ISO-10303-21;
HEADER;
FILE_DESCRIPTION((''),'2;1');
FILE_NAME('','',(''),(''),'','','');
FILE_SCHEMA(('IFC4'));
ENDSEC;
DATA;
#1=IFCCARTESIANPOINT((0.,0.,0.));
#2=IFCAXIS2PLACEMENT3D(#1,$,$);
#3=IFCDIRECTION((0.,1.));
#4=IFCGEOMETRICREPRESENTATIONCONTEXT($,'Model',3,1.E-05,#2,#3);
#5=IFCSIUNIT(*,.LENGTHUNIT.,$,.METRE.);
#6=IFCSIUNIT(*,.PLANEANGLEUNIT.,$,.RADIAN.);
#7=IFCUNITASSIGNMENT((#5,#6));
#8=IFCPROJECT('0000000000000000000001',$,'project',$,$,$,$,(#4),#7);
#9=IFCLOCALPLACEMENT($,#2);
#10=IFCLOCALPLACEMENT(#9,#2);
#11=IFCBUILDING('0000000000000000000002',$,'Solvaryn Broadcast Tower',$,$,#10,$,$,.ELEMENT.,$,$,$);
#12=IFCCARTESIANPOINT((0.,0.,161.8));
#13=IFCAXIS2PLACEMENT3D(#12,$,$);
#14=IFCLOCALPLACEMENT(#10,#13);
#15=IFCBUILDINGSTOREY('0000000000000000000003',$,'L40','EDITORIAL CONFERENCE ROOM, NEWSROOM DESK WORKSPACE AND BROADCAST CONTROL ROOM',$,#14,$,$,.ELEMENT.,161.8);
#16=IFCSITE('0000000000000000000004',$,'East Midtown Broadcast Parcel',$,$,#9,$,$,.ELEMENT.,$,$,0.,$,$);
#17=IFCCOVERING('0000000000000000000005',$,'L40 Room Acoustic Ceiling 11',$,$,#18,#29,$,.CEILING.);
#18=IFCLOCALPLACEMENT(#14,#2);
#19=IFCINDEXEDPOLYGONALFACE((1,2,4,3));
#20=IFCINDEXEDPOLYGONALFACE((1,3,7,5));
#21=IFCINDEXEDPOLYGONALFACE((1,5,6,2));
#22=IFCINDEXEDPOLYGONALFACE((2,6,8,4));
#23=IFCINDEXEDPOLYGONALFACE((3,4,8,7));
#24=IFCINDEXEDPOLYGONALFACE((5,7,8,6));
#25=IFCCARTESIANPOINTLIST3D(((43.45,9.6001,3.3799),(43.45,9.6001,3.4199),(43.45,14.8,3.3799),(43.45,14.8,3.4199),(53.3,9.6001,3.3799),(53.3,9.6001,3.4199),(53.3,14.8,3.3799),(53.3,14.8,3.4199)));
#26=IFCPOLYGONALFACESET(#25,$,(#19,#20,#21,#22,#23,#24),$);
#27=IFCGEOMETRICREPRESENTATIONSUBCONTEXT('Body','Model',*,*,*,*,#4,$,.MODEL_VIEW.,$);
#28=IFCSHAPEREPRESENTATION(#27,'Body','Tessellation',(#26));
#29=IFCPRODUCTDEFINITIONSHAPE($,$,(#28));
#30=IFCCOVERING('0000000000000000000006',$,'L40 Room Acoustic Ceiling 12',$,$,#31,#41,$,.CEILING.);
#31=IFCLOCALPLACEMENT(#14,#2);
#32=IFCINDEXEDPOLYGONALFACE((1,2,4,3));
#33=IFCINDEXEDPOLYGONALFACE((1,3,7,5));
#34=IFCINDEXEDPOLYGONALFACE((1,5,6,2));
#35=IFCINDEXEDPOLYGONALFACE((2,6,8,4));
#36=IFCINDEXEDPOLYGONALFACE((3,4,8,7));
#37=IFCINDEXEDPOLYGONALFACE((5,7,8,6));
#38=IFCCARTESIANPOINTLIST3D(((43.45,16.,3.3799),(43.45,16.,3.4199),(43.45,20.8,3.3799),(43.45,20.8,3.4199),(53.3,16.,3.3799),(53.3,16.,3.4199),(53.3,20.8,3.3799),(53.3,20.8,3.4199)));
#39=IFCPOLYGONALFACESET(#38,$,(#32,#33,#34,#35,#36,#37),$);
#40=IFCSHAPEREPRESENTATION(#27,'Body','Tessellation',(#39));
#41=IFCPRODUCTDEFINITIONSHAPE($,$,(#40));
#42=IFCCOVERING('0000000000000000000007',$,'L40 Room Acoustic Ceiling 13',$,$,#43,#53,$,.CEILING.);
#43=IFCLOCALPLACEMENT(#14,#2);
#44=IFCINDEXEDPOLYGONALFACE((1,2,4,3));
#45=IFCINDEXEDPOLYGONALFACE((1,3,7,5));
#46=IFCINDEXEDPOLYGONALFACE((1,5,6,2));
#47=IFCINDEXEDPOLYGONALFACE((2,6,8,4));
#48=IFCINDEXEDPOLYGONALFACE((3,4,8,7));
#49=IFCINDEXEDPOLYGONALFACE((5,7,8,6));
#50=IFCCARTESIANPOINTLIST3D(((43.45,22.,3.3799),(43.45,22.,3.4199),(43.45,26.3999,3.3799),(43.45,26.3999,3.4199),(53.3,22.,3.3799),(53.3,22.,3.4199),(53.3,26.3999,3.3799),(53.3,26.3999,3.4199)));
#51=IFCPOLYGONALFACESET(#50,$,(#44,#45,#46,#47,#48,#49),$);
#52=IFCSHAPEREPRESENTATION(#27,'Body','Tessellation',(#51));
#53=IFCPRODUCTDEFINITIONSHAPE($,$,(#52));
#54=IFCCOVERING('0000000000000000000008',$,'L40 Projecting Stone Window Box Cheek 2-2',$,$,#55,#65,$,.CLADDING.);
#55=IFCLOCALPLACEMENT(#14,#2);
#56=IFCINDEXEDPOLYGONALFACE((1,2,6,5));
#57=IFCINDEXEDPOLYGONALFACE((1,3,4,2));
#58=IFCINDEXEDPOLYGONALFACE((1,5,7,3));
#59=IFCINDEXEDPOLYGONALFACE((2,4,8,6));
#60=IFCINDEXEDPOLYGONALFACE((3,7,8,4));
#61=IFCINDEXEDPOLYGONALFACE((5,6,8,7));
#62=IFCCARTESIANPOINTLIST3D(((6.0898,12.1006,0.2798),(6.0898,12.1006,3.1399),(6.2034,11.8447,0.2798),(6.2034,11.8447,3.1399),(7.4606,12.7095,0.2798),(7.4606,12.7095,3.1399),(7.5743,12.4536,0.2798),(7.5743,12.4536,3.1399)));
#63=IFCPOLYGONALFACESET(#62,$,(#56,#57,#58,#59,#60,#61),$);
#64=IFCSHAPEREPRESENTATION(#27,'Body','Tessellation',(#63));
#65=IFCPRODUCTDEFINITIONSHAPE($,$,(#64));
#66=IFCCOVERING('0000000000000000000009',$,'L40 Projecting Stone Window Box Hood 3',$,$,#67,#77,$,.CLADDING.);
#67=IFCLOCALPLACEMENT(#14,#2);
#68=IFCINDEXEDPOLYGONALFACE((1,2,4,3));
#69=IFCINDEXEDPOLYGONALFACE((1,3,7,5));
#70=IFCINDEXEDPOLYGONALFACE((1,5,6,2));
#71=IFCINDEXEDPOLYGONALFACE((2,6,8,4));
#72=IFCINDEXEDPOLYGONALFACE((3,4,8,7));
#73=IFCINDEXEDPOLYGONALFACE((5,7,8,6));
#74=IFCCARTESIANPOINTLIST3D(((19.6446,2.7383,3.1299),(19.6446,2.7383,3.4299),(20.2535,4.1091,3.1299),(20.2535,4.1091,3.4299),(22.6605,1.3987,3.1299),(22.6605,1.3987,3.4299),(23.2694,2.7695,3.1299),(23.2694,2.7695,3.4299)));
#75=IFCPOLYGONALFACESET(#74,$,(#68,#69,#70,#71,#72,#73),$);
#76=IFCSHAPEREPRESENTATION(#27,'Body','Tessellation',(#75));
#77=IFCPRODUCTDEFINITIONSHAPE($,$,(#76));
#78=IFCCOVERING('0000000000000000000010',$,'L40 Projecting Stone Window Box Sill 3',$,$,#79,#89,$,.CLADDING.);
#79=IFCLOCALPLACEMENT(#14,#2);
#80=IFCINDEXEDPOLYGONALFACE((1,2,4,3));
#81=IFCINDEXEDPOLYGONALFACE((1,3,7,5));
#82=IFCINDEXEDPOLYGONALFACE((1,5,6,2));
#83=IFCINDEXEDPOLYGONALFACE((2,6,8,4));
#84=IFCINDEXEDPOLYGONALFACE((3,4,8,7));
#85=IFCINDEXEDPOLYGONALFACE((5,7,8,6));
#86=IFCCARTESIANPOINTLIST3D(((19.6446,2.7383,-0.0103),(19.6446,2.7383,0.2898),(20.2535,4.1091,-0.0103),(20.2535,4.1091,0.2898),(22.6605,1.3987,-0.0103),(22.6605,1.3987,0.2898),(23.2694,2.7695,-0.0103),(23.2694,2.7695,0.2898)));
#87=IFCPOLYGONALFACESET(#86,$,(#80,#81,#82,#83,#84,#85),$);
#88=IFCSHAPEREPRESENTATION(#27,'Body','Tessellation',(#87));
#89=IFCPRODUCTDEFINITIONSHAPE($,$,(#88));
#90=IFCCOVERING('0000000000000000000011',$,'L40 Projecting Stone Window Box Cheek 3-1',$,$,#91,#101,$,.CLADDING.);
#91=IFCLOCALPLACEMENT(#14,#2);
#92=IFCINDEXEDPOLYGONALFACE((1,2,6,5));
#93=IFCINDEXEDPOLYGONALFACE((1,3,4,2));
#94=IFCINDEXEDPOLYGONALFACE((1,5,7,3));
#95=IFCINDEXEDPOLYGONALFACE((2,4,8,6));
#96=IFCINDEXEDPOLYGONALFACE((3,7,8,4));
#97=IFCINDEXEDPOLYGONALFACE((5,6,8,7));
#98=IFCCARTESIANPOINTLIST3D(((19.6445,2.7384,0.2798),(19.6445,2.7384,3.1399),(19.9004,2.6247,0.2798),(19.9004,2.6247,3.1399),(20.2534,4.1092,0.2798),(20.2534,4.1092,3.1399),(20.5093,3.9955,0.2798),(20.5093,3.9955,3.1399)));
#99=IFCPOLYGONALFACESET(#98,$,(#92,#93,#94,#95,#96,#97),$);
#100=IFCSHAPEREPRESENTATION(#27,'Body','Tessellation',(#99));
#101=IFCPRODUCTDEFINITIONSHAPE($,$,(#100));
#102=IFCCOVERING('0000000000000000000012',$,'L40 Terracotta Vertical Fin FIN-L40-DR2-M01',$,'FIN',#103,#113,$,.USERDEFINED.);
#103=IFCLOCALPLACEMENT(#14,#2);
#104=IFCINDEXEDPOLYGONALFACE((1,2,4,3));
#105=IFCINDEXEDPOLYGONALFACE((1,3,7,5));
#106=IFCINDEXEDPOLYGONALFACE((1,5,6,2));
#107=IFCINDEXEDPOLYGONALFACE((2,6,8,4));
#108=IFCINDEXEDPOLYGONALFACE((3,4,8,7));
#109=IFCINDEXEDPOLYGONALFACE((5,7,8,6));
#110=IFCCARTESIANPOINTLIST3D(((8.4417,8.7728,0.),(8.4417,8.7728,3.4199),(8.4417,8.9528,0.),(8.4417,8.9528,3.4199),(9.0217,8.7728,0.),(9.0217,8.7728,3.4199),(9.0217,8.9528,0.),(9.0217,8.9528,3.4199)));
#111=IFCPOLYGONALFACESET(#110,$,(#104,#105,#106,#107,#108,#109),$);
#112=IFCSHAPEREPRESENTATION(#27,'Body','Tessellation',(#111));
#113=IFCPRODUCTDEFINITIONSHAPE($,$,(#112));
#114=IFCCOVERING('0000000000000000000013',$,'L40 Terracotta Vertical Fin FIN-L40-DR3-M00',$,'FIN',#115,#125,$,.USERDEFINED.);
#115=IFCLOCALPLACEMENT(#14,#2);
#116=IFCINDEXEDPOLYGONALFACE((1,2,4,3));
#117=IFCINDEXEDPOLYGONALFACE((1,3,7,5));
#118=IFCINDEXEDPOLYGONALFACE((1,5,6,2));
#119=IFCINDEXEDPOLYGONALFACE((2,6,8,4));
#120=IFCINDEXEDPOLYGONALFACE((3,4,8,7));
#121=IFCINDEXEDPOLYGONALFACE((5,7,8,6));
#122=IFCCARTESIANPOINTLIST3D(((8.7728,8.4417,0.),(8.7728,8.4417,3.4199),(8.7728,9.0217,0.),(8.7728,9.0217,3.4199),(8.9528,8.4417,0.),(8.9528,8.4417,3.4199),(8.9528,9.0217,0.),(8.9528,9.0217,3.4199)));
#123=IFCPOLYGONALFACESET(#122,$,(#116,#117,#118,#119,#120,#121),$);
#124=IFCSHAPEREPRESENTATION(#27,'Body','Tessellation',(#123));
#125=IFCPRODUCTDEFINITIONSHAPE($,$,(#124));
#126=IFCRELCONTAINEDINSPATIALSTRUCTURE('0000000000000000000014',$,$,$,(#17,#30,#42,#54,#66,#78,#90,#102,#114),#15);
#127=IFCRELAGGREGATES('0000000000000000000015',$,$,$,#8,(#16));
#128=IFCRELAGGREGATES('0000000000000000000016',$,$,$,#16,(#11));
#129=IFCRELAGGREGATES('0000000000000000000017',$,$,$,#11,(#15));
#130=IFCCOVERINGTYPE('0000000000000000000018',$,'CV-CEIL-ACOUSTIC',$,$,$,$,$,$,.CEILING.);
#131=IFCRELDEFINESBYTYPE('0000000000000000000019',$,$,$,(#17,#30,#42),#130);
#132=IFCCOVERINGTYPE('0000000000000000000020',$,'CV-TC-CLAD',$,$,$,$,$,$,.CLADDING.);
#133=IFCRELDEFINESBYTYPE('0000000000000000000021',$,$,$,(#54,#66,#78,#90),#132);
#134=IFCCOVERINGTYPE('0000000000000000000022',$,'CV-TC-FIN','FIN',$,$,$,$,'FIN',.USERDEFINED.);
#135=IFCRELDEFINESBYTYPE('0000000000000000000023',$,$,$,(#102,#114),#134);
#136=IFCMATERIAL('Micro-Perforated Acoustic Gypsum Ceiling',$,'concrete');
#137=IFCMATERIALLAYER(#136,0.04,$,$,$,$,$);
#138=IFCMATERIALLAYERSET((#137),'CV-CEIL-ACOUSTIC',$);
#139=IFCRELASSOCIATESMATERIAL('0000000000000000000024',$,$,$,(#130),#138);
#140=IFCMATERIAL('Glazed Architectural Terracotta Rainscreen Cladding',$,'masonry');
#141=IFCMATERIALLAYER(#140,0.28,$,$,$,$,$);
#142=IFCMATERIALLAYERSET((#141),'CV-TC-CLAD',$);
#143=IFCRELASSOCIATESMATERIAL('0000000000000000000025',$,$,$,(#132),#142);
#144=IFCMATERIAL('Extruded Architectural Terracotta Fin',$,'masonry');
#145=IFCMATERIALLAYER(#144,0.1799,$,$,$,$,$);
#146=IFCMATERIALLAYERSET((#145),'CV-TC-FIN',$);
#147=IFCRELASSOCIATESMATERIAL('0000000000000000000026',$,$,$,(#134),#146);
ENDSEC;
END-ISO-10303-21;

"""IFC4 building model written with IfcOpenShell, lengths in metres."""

from ifc_helpers import new_model, si_unit, direction, frame, origin, origin_2d, place, context, subcontext, project, spatial, polyline, rectangle, outline, extrude, material, layer, layer_set, type_object, element, save


model = new_model("IFC4")

# Units and contexts
model_context = context("Model", 3, precision=1e-05, world=origin(), true_north=direction((0.0, 1.0)))
body_context = subcontext(model_context, "Body", "Model", "MODEL_VIEW")
ifc_project = project(units=[si_unit("LENGTHUNIT", "METRE"), si_unit("PLANEANGLEUNIT", "RADIAN")], contexts=[model_context])

# Site, building, storey
site_placement = place(None, origin())
site = spatial("IfcSite", under=ifc_project, at=site_placement, Name="East Midtown Broadcast Parcel", CompositionType="ELEMENT", RefElevation=0.0)
building_placement = place(site_placement, origin())
building = spatial("IfcBuilding", under=site, at=building_placement, Name="Solvaryn Broadcast Tower", CompositionType="ELEMENT")
storey_placement = place(building_placement, frame((0.0, 0.0, 161.8)))
storey = spatial("IfcBuildingStorey", under=building, at=storey_placement, Name="L40", Description="EDITORIAL CONFERENCE ROOM, NEWSROOM DESK WORKSPACE AND BROADCAST CONTROL ROOM", CompositionType="ELEMENT", Elevation=161.8)

# Coverings
ifc_material_1 = material(Name="Micro-Perforated Acoustic Gypsum Ceiling", Category="concrete")
ifc_layer_1 = layer(ifc_material_1, 0.04)
ifc_layer_set_1 = layer_set([ifc_layer_1], Name="CV-CEIL-ACOUSTIC")
covering_type_1 = type_object("IfcCoveringType", Name="CV-CEIL-ACOUSTIC", PredefinedType="CEILING", material=ifc_layer_set_1)
covering_1_placement = place(storey_placement, frame((0.0, 0.0, 3.3799)))
element("IfcCovering", 1, at=covering_1_placement, inside=storey, type_object=covering_type_1, Name="L40 Room Acoustic Ceiling 11", PredefinedType="CEILING", context=body_context, shape_type="SweptSolid", body=[
    extrude(outline(polyline([(43.45, 9.6001), (53.3, 9.6001), (53.3, 14.8), (43.45, 14.8), (43.45, 9.6001)])), origin(), (0.0, 0.0, 1.0), 0.04),
])
covering_2_placement = place(storey_placement, frame((0.0, 0.0, 3.3799)))
element("IfcCovering", 2, at=covering_2_placement, inside=storey, type_object=covering_type_1, Name="L40 Room Acoustic Ceiling 12", PredefinedType="CEILING", context=body_context, shape_type="SweptSolid", body=[
    extrude(outline(polyline([(43.45, 16.0), (53.3, 16.0), (53.3, 20.8), (43.45, 20.8), (43.45, 16.0)])), origin(), (0.0, 0.0, 1.0), 0.04),
])
covering_3_placement = place(storey_placement, frame((0.0, 0.0, 3.3799)))
element("IfcCovering", 3, at=covering_3_placement, inside=storey, type_object=covering_type_1, Name="L40 Room Acoustic Ceiling 13", PredefinedType="CEILING", context=body_context, shape_type="SweptSolid", body=[
    extrude(outline(polyline([(43.45, 22.0), (53.3, 22.0), (53.3, 26.3999), (43.45, 26.3999), (43.45, 22.0)])), origin(), (0.0, 0.0, 1.0), 0.04),
])
ifc_material_2 = material(Name="Glazed Architectural Terracotta Rainscreen Cladding", Category="masonry")
ifc_layer_2 = layer(ifc_material_2, 0.28)
ifc_layer_set_2 = layer_set([ifc_layer_2], Name="CV-TC-CLAD")
covering_type_2 = type_object("IfcCoveringType", Name="CV-TC-CLAD", PredefinedType="CLADDING", material=ifc_layer_set_2)
covering_4_placement = place(storey_placement, frame((6.832, 12.2771, 0.2798), z_axis=(0.0, 0.0, 1.0), x_axis=(0.405939, -0.9139, 0.0)))
element("IfcCovering", 4, at=covering_4_placement, inside=storey, type_object=covering_type_2, Name="L40 Projecting Stone Window Box Cheek 2-2", PredefinedType="CLADDING", context=body_context, shape_type="SweptSolid", body=[
    extrude(rectangle(XDim=0.28, YDim=1.5, at=origin_2d()), origin(), (0.0, 0.0, 1.0), 2.8601),
])
for number, where, z_axis, x_axis, name in (
    (5, (21.457, 2.7539, 3.1299), (0.0, 0.0, 1.0), (0.9139, -0.405939, 0.0), "L40 Projecting Stone Window Box Hood 3"),
    (6, (21.457, 2.7539, -0.0103), (0.0, 0.0, 1.0), (0.9139, -0.405939, 0.0), "L40 Projecting Stone Window Box Sill 3"),
):
    element("IfcCovering", number, at=place(storey_placement, frame(where, z_axis=z_axis, x_axis=x_axis)), inside=storey, type_object=covering_type_2, Name=name, PredefinedType="CLADDING", context=body_context, shape_type="SweptSolid", body=[
        extrude(rectangle(XDim=3.3, YDim=1.5, at=origin_2d()), origin(), (0.0, 0.0, 1.0), 0.3),
    ])
covering_5_placement = place(storey_placement, frame((20.0769, 3.3669, 0.2798), z_axis=(0.0, 0.0, 1.0), x_axis=(0.9139, -0.405939, 0.0)))
element("IfcCovering", 7, at=covering_5_placement, inside=storey, type_object=covering_type_2, Name="L40 Projecting Stone Window Box Cheek 3-1", PredefinedType="CLADDING", context=body_context, shape_type="SweptSolid", body=[
    extrude(rectangle(XDim=0.28, YDim=1.5, at=origin_2d()), origin(), (0.0, 0.0, 1.0), 2.8601),
])
ifc_material_3 = material(Name="Extruded Architectural Terracotta Fin", Category="masonry")
ifc_layer_3 = layer(ifc_material_3, 0.1799)
ifc_layer_set_3 = layer_set([ifc_layer_3], Name="CV-TC-FIN")
covering_type_3 = type_object("IfcCoveringType", Name="CV-TC-FIN", Description="FIN", ElementType="FIN", PredefinedType="USERDEFINED", material=ifc_layer_set_3)
covering_6_placement = place(storey_placement, frame((8.7317, 8.8628, 0.0), z_axis=(0.0, 0.0, 1.0), x_axis=(1.0, 0.0, 0.0)))
element("IfcCovering", 8, at=covering_6_placement, inside=storey, type_object=covering_type_3, Name="L40 Terracotta Vertical Fin FIN-L40-DR2-M01", ObjectType="FIN", PredefinedType="USERDEFINED", context=body_context, shape_type="SweptSolid", body=[
    extrude(rectangle(XDim=0.5801, YDim=0.1799, at=origin_2d()), origin(), (0.0, 0.0, 1.0), 3.4199),
])
covering_7_placement = place(storey_placement, frame((8.8628, 8.7317, 0.0), z_axis=(0.0, 0.0, 1.0), x_axis=(1.0, 0.0, 0.0)))
element("IfcCovering", 9, at=covering_7_placement, inside=storey, type_object=covering_type_3, Name="L40 Terracotta Vertical Fin FIN-L40-DR3-M00", ObjectType="FIN", PredefinedType="USERDEFINED", context=body_context, shape_type="SweptSolid", body=[
    extrude(rectangle(XDim=0.1799, YDim=0.5801, at=origin_2d()), origin(), (0.0, 0.0, 1.0), 3.4199),
])

save(model, "model.ifc")
